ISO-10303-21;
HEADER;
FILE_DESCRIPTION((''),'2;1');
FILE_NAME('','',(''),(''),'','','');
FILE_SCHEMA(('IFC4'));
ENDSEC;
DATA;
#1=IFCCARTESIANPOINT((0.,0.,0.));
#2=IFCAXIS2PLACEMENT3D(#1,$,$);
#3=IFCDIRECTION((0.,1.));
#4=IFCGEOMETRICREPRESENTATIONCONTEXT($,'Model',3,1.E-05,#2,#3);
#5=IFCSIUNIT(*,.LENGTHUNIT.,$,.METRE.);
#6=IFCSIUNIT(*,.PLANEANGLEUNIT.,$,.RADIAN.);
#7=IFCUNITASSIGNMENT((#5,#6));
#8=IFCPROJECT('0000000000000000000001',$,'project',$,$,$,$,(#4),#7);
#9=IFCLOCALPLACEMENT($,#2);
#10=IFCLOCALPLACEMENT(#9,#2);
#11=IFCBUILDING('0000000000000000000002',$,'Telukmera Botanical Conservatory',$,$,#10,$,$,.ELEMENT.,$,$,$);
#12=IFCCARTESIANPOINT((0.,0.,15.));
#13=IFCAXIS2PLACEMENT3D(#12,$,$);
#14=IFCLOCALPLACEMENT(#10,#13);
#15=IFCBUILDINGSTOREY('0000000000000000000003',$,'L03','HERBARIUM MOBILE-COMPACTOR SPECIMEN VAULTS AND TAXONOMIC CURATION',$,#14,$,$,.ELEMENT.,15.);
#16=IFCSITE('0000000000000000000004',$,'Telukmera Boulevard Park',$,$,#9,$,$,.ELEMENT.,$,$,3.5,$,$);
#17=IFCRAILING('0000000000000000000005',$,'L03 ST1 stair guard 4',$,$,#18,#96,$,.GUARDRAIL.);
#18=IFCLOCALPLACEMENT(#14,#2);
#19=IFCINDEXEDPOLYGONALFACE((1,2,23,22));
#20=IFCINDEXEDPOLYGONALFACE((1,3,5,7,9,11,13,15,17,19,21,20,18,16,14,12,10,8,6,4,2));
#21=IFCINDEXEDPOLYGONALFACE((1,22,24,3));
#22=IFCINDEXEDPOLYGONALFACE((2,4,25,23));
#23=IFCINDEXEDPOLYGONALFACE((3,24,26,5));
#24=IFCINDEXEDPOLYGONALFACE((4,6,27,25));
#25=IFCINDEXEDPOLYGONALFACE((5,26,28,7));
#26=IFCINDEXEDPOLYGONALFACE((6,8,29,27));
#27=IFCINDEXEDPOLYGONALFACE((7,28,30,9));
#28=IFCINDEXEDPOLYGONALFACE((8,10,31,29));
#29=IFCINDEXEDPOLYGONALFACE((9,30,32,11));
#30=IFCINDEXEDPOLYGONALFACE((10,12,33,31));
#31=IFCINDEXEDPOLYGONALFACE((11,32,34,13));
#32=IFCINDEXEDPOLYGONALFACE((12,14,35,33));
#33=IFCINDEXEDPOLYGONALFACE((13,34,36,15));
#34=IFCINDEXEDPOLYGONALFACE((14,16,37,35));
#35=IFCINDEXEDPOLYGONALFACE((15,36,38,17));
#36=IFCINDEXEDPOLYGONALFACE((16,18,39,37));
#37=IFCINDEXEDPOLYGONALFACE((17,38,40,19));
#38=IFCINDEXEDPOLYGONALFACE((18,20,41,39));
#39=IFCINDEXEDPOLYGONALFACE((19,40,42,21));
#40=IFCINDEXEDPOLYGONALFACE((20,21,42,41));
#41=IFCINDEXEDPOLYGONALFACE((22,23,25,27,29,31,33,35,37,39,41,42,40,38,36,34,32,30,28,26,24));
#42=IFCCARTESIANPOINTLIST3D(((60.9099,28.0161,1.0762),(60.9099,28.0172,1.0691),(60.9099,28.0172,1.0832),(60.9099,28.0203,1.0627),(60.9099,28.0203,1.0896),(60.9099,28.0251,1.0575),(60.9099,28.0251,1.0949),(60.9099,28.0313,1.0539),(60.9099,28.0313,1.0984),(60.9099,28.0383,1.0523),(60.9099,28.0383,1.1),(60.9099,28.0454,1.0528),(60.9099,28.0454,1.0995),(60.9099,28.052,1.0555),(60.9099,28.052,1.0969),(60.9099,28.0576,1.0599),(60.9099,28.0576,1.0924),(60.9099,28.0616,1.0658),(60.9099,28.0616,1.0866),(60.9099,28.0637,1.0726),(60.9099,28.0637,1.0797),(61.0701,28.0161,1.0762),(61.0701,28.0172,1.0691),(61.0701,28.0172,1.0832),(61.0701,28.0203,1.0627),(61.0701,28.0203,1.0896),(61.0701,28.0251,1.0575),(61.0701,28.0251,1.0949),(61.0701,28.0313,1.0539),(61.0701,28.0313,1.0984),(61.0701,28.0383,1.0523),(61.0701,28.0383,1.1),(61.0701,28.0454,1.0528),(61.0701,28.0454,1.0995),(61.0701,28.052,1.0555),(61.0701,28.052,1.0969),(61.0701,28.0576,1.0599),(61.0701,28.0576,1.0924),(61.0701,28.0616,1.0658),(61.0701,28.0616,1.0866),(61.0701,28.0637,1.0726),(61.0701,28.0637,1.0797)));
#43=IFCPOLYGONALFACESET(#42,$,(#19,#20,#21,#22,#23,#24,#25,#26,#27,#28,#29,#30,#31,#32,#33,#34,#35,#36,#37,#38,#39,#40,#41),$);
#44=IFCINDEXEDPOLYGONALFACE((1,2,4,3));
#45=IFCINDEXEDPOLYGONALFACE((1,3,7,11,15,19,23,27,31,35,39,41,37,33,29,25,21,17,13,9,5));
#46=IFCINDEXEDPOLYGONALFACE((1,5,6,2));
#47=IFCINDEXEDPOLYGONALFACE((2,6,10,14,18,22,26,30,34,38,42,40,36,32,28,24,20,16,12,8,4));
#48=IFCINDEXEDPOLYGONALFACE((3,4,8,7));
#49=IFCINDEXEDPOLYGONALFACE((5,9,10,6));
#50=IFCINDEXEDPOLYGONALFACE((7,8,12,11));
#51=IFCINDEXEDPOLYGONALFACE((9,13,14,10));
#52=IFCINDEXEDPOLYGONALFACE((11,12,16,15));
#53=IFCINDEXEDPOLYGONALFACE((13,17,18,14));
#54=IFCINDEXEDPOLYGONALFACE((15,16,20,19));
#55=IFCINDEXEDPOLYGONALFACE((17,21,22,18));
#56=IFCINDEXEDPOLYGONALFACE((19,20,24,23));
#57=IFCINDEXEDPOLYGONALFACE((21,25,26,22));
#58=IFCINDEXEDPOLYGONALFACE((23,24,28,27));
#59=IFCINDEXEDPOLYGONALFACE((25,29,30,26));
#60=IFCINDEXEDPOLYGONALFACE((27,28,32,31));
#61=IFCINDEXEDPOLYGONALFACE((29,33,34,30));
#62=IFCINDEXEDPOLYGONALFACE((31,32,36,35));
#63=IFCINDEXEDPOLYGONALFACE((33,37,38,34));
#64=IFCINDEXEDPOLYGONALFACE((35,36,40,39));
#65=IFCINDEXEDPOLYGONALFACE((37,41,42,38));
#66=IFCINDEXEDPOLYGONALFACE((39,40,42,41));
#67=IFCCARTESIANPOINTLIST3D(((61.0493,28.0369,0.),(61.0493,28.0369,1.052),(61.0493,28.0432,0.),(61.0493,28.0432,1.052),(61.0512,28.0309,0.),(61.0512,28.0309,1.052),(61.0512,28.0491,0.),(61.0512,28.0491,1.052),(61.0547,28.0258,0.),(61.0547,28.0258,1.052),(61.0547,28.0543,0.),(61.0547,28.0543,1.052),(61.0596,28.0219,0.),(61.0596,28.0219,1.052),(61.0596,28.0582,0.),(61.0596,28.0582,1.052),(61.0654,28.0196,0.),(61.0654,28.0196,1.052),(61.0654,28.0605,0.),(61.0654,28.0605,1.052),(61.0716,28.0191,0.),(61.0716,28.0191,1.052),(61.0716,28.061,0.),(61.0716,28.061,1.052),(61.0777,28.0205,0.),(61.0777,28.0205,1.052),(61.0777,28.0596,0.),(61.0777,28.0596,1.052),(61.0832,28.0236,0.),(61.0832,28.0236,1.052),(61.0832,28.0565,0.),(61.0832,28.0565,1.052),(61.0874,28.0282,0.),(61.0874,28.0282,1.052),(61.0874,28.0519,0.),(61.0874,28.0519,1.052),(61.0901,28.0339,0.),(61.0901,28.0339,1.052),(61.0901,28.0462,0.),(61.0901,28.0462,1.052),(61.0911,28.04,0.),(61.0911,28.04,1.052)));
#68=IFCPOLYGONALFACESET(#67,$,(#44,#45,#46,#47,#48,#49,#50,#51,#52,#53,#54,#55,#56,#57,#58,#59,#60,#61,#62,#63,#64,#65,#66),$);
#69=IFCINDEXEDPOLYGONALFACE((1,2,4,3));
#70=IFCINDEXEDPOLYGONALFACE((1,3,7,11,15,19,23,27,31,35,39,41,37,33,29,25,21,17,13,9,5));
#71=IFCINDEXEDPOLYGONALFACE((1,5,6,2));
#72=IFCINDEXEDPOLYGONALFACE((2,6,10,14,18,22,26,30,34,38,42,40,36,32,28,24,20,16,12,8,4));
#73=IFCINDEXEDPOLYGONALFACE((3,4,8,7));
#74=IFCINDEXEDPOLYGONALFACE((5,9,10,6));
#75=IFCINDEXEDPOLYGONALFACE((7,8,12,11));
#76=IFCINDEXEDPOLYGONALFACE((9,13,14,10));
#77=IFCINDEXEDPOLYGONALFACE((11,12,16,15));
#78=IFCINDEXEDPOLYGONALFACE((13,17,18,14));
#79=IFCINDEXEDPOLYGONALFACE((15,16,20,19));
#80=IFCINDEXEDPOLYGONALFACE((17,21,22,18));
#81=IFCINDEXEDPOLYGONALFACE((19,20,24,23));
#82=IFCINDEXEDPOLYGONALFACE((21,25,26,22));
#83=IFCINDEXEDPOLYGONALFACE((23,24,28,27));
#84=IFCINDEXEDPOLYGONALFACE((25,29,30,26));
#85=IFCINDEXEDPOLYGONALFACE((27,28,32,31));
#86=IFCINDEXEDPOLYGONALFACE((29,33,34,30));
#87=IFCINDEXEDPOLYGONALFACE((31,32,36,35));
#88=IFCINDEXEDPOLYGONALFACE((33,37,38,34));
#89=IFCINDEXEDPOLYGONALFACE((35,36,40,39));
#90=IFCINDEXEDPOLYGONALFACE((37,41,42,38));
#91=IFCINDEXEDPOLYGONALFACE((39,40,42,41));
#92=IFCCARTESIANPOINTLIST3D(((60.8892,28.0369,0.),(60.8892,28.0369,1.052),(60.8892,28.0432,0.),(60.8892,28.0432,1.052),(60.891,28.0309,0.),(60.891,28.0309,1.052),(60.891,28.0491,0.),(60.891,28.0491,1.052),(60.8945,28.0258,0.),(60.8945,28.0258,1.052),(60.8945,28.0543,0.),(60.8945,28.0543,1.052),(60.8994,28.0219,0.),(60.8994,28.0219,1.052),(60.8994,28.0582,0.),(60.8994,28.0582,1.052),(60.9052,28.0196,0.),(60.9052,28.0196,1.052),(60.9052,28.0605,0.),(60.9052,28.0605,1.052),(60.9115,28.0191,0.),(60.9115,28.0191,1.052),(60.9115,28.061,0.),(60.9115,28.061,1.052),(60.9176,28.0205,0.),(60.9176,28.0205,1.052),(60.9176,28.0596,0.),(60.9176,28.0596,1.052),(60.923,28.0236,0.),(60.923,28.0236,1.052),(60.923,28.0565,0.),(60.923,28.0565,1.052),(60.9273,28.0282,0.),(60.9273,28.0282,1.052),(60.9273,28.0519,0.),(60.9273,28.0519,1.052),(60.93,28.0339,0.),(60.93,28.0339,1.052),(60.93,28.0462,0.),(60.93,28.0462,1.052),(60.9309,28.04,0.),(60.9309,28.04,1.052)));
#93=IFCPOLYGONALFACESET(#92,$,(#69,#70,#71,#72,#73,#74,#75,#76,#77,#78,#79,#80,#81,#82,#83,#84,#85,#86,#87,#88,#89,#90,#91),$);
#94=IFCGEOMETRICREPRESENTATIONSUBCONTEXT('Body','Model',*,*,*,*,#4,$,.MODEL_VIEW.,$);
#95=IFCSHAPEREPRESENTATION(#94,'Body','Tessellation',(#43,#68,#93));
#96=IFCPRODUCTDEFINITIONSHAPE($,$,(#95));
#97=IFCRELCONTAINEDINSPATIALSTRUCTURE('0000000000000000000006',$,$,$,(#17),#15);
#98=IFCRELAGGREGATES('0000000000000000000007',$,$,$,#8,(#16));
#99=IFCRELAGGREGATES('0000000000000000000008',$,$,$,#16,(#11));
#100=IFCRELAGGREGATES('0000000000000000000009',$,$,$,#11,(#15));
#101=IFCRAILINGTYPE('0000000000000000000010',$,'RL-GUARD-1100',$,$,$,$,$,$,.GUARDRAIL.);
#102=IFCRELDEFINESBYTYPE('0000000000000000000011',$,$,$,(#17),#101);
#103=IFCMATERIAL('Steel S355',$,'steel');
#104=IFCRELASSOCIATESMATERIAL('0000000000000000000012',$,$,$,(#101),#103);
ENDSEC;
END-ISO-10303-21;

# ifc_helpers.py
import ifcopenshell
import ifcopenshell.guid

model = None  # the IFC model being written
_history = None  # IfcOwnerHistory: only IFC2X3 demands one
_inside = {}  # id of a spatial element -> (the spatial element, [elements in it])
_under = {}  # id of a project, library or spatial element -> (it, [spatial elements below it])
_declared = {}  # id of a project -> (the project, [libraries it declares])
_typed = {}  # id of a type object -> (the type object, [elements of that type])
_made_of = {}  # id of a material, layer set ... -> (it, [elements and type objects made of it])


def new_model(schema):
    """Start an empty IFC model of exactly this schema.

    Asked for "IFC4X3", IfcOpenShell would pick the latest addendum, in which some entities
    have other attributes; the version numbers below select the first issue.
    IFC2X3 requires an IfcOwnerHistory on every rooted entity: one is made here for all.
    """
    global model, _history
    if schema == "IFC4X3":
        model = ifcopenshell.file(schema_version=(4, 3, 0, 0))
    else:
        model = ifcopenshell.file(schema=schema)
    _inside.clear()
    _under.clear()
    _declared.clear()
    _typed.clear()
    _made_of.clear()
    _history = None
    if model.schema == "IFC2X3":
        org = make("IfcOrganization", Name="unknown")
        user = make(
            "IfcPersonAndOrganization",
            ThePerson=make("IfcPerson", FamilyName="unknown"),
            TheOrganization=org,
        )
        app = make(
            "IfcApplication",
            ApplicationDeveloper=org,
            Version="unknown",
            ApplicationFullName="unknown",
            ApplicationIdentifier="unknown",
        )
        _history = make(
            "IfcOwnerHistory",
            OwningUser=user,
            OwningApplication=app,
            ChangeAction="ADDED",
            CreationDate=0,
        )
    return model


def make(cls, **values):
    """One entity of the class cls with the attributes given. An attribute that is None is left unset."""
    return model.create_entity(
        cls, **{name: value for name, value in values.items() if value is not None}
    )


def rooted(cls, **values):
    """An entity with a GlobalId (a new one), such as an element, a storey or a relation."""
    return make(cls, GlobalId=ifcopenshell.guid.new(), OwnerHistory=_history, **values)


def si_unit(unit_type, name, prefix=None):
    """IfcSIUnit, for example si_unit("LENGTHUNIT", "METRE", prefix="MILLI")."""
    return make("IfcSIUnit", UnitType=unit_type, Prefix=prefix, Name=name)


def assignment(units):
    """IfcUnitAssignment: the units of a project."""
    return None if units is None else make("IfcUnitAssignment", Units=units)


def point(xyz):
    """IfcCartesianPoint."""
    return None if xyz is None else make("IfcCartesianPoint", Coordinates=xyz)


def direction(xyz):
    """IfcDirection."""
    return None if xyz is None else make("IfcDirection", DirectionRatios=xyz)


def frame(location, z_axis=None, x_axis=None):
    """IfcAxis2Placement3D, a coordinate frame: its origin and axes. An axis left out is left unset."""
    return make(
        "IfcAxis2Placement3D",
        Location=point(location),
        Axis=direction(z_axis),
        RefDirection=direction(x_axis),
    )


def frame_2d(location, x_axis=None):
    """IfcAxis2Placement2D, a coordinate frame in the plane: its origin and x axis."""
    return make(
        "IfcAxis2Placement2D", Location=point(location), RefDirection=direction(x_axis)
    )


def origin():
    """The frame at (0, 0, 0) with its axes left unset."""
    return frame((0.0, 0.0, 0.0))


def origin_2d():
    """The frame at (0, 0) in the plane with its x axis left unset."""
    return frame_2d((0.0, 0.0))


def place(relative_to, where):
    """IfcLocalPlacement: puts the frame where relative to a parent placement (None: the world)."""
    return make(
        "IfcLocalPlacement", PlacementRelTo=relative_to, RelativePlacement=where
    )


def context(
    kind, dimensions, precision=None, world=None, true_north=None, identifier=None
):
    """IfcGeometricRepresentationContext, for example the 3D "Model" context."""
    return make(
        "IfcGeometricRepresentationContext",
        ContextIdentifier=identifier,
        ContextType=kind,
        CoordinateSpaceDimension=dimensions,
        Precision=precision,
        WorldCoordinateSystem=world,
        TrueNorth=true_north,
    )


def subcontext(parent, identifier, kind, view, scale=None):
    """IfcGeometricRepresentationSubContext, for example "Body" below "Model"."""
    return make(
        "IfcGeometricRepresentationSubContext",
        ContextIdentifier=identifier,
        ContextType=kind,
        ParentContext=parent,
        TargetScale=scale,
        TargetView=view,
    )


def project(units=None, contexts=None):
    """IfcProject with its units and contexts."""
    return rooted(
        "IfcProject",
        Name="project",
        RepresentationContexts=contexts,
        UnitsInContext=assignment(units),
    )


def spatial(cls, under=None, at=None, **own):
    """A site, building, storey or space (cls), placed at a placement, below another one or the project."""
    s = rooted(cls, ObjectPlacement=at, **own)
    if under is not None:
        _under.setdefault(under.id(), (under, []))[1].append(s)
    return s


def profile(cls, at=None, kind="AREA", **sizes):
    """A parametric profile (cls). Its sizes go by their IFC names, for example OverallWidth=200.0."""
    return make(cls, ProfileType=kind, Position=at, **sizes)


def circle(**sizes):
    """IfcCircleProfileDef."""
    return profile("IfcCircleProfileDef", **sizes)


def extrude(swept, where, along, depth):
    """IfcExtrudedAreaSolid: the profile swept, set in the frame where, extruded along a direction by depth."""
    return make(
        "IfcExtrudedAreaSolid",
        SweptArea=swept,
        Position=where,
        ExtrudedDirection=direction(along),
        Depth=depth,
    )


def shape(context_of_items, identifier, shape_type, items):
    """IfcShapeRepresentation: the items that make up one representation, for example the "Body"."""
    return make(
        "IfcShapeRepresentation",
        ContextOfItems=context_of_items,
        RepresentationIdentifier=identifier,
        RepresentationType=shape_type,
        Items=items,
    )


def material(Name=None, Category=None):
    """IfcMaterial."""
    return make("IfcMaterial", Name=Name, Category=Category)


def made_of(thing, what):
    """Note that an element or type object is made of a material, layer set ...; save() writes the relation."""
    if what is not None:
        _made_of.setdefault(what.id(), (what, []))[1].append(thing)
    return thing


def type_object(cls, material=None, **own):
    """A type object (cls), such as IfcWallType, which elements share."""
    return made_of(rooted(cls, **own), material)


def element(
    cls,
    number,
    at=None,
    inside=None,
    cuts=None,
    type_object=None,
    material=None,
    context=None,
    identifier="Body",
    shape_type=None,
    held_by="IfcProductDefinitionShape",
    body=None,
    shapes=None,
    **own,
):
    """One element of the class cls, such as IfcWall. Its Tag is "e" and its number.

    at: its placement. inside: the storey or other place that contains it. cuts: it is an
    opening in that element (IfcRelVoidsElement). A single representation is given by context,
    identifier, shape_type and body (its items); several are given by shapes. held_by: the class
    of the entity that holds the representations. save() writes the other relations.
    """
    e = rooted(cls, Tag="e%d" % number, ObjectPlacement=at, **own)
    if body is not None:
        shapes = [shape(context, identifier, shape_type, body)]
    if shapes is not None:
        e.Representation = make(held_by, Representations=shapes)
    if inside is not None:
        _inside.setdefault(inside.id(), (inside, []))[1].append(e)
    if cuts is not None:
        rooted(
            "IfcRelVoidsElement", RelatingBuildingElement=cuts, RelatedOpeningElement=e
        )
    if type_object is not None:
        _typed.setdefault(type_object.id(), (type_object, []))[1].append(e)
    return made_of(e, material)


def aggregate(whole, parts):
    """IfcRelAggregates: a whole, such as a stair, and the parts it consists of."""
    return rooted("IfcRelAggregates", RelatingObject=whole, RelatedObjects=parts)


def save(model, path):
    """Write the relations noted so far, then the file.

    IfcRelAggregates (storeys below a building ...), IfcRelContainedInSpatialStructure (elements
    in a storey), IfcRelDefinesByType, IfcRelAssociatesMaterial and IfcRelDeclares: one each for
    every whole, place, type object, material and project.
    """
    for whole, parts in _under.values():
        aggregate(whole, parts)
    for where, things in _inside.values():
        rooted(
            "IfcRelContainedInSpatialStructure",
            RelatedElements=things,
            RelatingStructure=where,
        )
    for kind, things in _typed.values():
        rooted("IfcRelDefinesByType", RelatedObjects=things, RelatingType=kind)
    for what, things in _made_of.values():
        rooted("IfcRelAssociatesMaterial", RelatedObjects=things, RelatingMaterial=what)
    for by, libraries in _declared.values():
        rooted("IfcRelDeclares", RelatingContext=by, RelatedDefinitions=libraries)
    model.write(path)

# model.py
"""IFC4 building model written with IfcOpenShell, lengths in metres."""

from ifc_helpers import new_model, si_unit, direction, frame, origin, origin_2d, place, context, subcontext, project, spatial, circle, extrude, material, type_object, element, save


model = new_model("IFC4")

# Units and contexts
model_context = context("Model", 3, precision=1e-05, world=origin(), true_north=direction((0.0, 1.0)))
body_context = subcontext(model_context, "Body", "Model", "MODEL_VIEW")
ifc_project = project(units=[si_unit("LENGTHUNIT", "METRE"), si_unit("PLANEANGLEUNIT", "RADIAN")], contexts=[model_context])

# Site, building, storey
site_placement = place(None, origin())
site = spatial("IfcSite", under=ifc_project, at=site_placement, Name="Telukmera Boulevard Park", CompositionType="ELEMENT", RefElevation=3.5)
building_placement = place(site_placement, origin())
building = spatial("IfcBuilding", under=site, at=building_placement, Name="Telukmera Botanical Conservatory", CompositionType="ELEMENT")
storey_placement = place(building_placement, frame((0.0, 0.0, 15.0)))
storey = spatial("IfcBuildingStorey", under=building, at=storey_placement, Name="L03", Description="HERBARIUM MOBILE-COMPACTOR SPECIMEN VAULTS AND TAXONOMIC CURATION", CompositionType="ELEMENT", Elevation=15.0)

# Railing
ifc_material_1 = material(Name="Steel S355", Category="steel")
railing_type_1 = type_object("IfcRailingType", Name="RL-GUARD-1100", PredefinedType="GUARDRAIL", material=ifc_material_1)
railing_1_placement = place(storey_placement, frame((61.0701, 28.04, 0.0)))
element("IfcRailing", 1, at=railing_1_placement, inside=storey, type_object=railing_type_1, Name="L03 ST1 stair guard 4", PredefinedType="GUARDRAIL", context=body_context, shape_type="SweptSolid", body=[
    extrude(circle(Radius=0.0239, at=origin_2d()), frame((0.0, 0.0, 1.0762), z_axis=(-1.0, 0.0, 0.0), x_axis=(0.0, -1.0, 0.0)), (0.0, 0.0, 1.0), 0.1602),
    extrude(circle(Radius=0.021, at=origin_2d()), origin(), (0.0, 0.0, 1.0), 1.052),
    extrude(circle(Radius=0.021, at=origin_2d()), frame((-0.1602, 0.0, 0.0)), (0.0, 0.0, 1.0), 1.052),
])

save(model, "model.ifc")
